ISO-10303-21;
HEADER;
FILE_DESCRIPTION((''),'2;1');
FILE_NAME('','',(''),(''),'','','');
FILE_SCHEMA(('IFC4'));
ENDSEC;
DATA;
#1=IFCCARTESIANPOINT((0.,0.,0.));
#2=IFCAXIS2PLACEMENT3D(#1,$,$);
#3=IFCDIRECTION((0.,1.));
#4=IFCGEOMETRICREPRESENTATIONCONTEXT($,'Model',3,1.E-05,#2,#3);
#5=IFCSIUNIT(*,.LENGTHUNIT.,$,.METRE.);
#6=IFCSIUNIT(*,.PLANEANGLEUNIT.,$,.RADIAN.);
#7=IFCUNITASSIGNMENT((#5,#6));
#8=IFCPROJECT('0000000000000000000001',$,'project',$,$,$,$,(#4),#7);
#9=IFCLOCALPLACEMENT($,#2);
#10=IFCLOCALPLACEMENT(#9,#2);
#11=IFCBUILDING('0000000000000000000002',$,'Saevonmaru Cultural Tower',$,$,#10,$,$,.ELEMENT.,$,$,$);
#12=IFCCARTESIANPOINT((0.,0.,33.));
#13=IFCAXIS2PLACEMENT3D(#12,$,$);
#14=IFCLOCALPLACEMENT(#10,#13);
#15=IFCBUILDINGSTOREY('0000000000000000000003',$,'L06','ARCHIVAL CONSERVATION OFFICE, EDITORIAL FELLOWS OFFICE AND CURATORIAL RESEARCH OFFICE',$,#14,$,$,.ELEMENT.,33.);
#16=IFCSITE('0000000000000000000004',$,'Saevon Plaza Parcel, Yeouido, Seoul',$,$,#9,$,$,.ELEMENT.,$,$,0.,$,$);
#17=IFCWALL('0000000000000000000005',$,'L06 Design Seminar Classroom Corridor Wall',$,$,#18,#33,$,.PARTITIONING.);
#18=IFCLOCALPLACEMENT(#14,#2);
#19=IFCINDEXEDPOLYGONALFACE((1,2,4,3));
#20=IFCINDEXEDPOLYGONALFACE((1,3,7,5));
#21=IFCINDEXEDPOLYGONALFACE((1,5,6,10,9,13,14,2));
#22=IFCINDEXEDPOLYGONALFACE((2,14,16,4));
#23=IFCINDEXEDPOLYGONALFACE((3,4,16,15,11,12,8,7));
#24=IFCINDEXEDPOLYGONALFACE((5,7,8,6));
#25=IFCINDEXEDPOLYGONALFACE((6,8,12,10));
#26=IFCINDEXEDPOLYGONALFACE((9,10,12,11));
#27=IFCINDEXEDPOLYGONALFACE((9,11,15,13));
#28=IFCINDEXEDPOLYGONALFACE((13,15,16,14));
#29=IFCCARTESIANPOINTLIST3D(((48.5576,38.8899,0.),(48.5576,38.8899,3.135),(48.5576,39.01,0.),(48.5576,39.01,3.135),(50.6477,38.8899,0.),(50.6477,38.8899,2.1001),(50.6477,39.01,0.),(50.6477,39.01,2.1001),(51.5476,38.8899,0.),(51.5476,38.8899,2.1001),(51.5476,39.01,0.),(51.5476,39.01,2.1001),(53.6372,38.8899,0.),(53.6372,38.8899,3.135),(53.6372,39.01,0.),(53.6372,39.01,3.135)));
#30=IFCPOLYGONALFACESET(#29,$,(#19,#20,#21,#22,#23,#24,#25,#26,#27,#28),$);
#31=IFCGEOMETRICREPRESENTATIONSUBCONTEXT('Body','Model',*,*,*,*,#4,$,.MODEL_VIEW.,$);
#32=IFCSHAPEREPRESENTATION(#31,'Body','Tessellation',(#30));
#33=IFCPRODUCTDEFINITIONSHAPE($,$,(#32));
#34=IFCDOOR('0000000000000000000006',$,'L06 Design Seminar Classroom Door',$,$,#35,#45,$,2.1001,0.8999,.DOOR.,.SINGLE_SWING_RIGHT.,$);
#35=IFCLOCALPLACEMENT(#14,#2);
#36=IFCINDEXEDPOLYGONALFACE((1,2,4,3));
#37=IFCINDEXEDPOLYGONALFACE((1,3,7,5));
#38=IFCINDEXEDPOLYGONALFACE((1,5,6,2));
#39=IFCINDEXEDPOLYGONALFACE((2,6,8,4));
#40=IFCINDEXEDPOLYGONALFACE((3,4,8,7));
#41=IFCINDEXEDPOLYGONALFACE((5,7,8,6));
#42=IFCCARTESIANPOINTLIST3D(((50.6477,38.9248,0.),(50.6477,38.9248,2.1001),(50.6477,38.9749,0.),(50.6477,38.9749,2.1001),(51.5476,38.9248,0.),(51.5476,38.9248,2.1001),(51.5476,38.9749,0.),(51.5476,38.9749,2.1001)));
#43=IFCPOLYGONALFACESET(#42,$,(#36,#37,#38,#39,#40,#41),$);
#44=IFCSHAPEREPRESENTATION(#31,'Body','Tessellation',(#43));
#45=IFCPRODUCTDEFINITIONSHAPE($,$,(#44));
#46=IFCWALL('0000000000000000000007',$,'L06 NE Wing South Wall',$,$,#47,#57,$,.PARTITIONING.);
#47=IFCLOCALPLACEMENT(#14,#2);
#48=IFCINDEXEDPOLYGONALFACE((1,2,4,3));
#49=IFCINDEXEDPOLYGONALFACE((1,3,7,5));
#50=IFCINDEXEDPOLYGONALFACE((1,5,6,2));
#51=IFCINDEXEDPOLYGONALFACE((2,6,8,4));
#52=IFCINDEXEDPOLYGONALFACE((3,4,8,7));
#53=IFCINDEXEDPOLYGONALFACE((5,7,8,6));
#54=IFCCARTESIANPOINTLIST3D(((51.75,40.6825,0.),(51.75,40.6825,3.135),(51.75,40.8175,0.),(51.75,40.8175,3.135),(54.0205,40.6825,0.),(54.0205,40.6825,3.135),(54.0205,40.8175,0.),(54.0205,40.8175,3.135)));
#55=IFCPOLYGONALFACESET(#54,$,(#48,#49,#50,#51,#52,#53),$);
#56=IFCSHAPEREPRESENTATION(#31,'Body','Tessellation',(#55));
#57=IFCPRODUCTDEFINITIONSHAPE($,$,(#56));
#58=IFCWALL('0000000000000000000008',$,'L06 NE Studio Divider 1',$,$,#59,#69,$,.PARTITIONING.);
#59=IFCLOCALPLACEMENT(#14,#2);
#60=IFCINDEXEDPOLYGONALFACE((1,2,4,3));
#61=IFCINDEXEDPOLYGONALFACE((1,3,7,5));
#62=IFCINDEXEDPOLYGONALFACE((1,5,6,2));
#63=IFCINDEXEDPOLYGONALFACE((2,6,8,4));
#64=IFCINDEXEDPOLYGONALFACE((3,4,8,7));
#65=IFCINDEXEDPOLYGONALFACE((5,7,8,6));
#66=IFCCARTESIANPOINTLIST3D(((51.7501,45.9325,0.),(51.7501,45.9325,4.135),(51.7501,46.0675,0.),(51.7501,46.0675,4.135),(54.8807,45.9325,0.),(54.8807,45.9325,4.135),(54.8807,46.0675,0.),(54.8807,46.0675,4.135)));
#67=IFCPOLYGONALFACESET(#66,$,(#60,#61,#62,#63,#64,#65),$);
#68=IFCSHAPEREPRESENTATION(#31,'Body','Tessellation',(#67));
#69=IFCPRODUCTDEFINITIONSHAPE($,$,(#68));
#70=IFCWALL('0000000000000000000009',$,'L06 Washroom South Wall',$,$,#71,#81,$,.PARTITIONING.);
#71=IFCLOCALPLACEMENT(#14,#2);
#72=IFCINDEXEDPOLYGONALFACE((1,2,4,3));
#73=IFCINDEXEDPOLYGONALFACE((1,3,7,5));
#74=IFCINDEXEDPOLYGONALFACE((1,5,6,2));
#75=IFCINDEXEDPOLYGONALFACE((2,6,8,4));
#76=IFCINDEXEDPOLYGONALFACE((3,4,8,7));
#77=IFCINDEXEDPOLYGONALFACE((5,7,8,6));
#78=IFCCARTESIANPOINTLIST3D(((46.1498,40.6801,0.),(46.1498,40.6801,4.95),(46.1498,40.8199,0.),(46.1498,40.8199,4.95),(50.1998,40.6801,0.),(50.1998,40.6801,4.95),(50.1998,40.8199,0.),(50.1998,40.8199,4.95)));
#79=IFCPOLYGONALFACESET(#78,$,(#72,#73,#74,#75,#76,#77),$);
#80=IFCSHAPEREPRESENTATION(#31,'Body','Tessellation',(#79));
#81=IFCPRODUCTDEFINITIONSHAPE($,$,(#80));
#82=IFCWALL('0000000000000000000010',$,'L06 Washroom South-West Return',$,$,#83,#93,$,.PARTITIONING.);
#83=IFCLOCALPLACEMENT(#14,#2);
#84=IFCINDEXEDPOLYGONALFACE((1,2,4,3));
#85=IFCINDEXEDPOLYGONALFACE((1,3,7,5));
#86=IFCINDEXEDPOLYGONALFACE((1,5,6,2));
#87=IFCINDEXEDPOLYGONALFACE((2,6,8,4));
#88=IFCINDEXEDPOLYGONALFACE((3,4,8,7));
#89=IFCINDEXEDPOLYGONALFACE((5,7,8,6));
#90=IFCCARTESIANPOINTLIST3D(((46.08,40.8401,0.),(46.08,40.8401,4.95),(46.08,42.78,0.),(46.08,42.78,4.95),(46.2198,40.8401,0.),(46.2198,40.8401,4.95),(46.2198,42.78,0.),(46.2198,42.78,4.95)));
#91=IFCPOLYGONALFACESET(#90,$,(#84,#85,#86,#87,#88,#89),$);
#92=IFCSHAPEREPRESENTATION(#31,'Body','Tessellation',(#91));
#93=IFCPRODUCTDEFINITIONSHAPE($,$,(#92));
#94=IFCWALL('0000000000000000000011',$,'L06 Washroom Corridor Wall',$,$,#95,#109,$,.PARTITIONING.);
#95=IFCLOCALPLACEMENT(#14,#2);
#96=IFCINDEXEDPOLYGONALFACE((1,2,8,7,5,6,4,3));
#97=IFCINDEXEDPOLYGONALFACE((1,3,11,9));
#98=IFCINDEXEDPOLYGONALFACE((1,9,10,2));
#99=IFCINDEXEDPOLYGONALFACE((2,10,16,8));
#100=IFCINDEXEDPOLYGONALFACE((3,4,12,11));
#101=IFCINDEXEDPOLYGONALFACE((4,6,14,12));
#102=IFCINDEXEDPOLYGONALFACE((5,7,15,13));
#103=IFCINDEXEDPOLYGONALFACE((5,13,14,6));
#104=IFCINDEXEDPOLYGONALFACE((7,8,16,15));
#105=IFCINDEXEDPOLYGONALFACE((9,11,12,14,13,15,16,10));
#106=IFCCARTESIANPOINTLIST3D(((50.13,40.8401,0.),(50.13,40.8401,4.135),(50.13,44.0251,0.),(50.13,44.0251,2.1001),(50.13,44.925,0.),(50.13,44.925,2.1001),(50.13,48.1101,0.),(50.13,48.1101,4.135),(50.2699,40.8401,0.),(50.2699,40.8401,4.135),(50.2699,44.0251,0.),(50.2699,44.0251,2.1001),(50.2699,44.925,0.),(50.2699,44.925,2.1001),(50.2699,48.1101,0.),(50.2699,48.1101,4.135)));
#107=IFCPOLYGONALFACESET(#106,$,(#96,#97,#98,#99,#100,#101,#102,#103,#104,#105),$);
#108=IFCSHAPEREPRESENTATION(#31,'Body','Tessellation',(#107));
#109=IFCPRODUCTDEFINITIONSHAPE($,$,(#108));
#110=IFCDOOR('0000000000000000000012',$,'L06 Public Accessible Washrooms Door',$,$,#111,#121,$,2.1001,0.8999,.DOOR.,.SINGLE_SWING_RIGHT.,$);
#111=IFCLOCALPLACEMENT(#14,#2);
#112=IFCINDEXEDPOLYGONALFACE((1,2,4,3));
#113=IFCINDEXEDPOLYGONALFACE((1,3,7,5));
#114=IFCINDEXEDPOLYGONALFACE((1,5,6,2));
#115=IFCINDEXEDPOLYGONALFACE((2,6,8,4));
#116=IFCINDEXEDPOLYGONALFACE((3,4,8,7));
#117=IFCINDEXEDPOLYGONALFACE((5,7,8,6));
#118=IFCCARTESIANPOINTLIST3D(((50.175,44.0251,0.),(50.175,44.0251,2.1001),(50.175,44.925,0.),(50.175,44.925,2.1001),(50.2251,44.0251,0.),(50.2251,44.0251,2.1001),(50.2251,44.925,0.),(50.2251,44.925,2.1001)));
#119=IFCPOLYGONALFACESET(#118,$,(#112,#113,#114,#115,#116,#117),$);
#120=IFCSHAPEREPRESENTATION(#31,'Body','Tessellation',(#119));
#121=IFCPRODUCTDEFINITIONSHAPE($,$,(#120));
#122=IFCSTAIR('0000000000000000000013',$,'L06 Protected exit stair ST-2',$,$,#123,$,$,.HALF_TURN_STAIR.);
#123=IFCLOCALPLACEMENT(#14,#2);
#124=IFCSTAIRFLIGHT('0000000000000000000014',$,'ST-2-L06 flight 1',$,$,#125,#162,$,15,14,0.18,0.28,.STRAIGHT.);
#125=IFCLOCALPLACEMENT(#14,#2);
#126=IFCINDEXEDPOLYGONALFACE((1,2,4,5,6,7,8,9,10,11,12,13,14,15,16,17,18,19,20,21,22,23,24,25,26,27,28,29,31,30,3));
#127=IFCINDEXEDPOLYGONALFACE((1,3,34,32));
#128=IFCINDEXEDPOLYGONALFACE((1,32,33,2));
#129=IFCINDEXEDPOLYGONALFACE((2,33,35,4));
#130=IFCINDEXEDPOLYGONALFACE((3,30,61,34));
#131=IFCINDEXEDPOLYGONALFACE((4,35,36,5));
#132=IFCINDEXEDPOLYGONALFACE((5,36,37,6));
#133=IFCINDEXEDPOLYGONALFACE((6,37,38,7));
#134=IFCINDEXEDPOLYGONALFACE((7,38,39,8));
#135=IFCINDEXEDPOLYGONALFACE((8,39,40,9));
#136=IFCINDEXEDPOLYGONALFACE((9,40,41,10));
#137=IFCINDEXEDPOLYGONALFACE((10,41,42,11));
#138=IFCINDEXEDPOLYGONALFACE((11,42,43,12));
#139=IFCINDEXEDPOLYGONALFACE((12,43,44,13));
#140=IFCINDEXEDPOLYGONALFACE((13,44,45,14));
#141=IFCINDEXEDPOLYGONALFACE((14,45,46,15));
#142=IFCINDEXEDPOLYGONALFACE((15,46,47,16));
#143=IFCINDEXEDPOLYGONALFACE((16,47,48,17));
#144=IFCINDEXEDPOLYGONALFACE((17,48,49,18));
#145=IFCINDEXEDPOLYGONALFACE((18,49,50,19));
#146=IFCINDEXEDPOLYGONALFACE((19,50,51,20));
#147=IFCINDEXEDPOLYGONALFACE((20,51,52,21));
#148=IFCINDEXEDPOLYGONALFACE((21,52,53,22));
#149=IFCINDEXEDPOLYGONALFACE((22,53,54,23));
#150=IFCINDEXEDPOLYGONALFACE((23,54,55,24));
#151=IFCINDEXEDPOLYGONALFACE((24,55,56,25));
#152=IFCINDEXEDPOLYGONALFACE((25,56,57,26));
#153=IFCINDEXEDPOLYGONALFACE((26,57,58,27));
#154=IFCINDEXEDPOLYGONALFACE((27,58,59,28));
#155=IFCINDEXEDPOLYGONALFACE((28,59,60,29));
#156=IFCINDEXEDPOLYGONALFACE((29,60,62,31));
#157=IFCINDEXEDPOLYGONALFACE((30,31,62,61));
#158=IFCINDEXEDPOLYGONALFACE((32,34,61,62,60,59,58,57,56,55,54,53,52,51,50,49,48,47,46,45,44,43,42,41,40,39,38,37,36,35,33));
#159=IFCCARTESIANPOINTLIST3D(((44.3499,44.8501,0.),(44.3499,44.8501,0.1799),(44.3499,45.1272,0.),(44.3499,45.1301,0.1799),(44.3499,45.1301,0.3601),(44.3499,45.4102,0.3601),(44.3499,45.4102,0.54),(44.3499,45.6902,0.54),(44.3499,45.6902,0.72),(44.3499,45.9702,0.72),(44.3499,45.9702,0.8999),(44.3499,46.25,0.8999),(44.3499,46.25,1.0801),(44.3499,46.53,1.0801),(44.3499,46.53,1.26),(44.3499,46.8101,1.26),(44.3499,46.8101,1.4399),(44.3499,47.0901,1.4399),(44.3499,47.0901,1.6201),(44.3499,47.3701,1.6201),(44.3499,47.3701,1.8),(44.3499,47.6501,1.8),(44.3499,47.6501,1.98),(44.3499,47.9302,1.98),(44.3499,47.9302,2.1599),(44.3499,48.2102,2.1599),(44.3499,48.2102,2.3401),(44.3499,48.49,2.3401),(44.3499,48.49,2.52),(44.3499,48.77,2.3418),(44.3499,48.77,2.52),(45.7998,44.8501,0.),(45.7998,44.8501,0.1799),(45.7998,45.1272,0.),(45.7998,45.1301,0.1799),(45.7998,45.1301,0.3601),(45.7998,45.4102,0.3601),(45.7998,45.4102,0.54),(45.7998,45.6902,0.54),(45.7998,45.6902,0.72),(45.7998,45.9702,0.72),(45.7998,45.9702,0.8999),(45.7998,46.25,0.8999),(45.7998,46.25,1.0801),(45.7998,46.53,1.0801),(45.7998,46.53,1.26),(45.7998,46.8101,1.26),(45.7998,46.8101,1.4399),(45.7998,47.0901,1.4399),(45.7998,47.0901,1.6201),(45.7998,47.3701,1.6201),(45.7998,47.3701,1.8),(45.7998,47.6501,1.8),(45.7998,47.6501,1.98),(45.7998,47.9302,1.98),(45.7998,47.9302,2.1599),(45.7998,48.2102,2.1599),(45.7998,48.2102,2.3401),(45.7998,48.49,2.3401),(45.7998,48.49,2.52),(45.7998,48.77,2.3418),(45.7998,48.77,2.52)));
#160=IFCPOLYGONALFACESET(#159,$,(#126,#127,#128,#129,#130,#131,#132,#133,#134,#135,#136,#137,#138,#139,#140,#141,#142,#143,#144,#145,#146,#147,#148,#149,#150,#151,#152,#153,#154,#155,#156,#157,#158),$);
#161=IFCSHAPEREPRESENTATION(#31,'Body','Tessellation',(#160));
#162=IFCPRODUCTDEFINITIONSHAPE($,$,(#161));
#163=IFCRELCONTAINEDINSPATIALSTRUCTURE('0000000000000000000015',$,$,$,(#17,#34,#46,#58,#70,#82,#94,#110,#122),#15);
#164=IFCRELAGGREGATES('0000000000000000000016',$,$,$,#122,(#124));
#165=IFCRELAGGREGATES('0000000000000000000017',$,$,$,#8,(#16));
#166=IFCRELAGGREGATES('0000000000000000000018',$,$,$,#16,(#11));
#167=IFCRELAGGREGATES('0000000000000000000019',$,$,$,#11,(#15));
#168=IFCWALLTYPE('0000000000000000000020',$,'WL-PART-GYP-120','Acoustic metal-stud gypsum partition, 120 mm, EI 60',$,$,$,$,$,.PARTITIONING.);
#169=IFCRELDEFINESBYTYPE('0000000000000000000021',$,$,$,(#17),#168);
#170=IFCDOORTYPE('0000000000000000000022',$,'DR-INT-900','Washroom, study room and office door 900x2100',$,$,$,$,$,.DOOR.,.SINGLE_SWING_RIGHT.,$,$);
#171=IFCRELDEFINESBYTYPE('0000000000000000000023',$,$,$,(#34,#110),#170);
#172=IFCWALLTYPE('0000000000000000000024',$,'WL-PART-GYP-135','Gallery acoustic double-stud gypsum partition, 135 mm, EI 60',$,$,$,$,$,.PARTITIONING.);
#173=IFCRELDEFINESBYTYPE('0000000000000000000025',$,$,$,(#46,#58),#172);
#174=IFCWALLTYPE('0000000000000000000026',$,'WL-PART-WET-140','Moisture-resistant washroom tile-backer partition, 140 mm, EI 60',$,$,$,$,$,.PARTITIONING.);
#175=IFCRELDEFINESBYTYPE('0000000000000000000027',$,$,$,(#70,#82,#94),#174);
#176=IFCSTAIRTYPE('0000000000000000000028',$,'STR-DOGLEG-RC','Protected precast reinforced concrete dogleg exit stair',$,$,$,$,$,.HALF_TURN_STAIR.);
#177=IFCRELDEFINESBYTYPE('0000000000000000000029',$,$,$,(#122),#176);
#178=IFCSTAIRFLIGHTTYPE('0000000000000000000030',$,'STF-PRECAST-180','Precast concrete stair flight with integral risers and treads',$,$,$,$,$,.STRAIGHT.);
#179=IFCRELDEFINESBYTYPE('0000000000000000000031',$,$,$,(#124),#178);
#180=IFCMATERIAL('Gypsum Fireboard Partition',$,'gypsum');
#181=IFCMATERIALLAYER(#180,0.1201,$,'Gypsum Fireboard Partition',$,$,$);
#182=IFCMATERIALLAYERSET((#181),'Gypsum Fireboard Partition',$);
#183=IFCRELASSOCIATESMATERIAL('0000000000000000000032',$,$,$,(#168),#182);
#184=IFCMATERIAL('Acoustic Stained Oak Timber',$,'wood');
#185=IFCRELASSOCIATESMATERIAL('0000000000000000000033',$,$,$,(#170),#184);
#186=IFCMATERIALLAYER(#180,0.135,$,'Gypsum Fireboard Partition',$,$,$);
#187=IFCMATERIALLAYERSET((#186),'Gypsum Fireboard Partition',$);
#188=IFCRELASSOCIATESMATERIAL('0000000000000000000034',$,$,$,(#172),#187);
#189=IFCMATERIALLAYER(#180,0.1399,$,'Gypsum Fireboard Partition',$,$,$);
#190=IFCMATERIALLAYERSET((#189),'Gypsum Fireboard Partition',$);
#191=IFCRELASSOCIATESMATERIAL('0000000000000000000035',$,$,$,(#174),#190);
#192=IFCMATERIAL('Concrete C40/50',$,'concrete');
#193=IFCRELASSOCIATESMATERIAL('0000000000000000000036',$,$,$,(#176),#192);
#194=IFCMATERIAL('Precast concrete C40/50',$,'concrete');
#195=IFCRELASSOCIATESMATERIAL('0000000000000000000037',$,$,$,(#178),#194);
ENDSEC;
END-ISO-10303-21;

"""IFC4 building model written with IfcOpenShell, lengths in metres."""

from ifc_helpers import new_model, si_unit, direction, frame, frame_2d, origin, place, context, subcontext, project, spatial, polyline, rectangle, outline, extrude, material, layer, layer_set, type_object, element, fill, aggregate, save


model = new_model("IFC4")

# Units and contexts
model_context = context("Model", 3, precision=1e-05, world=origin(), true_north=direction((0.0, 1.0)))
body_context = subcontext(model_context, "Body", "Model", "MODEL_VIEW")
ifc_project = project(units=[si_unit("LENGTHUNIT", "METRE"), si_unit("PLANEANGLEUNIT", "RADIAN")], contexts=[model_context])

# Site, building, storey
site_placement = place(None, origin())
site = spatial("IfcSite", under=ifc_project, at=site_placement, Name="Saevon Plaza Parcel, Yeouido, Seoul", CompositionType="ELEMENT", RefElevation=0.0)
building_placement = place(site_placement, origin())
building = spatial("IfcBuilding", under=site, at=building_placement, Name="Saevonmaru Cultural Tower", CompositionType="ELEMENT")
storey_placement = place(building_placement, frame((0.0, 0.0, 33.0)))
storey = spatial("IfcBuildingStorey", under=building, at=storey_placement, Name="L06", Description="ARCHIVAL CONSERVATION OFFICE, EDITORIAL FELLOWS OFFICE AND CURATORIAL RESEARCH OFFICE", CompositionType="ELEMENT", Elevation=33.0)

# Wall, opening, door
ifc_material_1 = material(Name="Gypsum Fireboard Partition", Category="gypsum")
ifc_layer_1 = layer(ifc_material_1, 0.1201, Name="Gypsum Fireboard Partition")
ifc_layer_set_1 = layer_set([ifc_layer_1], Name="Gypsum Fireboard Partition")
wall_type_1 = type_object("IfcWallType", Name="WL-PART-GYP-120", Description="Acoustic metal-stud gypsum partition, 120 mm, EI 60", PredefinedType="PARTITIONING", material=ifc_layer_set_1)
ifc_material_2 = material(Name="Acoustic Stained Oak Timber", Category="wood")
door_type_1 = type_object("IfcDoorType", Name="DR-INT-900", Description="Washroom, study room and office door 900x2100", OperationType="SINGLE_SWING_RIGHT", PredefinedType="DOOR", material=ifc_material_2)
wall_1_placement = place(storey_placement, frame((48.5576, 38.95, 0.0), z_axis=(0.0, 0.0, 1.0), x_axis=(1.0, 0.0, 0.0)))
wall_1 = element("IfcWall", 1, at=wall_1_placement, inside=storey, type_object=wall_type_1, Name="L06 Design Seminar Classroom Corridor Wall", PredefinedType="PARTITIONING", context=body_context, shape_type="SweptSolid", body=[
    extrude(rectangle(XDim=5.0796, YDim=0.1201, at=frame_2d((2.5398, 0.0))), origin(), (0.0, 0.0, 1.0), 3.135),
])
opening_1_placement = place(wall_1_placement, frame((2.0901, 0.0, 0.0)))
opening_1 = element("IfcOpeningElement", 2, at=opening_1_placement, cuts=wall_1, PredefinedType="OPENING", context=body_context, shape_type="SweptSolid", body=[
    extrude(rectangle(XDim=0.8999, YDim=2.1001, at=frame_2d((0.45, 1.05))), frame((0.0, 0.0701, 0.0), z_axis=(0.0, -1.0, 0.0), x_axis=(1.0, 0.0, 0.0)), (0.0, 0.0, 1.0), 0.1401),
])
door_1_placement = place(opening_1_placement, origin())
door_1 = element("IfcDoor", 3, at=door_1_placement, inside=storey, type_object=door_type_1, Name="L06 Design Seminar Classroom Door", OperationType="SINGLE_SWING_RIGHT", OverallHeight=2.1001, OverallWidth=0.8999, PredefinedType="DOOR", context=body_context, shape_type="SweptSolid", body=[
    extrude(rectangle(XDim=0.8999, YDim=2.1001, at=frame_2d((0.45, 1.05))), frame((0.0, 0.0249, 0.0), z_axis=(0.0, -1.0, 0.0), x_axis=(1.0, 0.0, 0.0)), (0.0, 0.0, 1.0), 0.05),
])
fill(opening_1, door_1)

# Walls
ifc_layer_2 = layer(ifc_material_1, 0.135, Name="Gypsum Fireboard Partition")
ifc_layer_set_2 = layer_set([ifc_layer_2], Name="Gypsum Fireboard Partition")
wall_type_2 = type_object("IfcWallType", Name="WL-PART-GYP-135", Description="Gallery acoustic double-stud gypsum partition, 135 mm, EI 60", PredefinedType="PARTITIONING", material=ifc_layer_set_2)
wall_2_placement = place(storey_placement, frame((51.75, 40.75, 0.0), z_axis=(0.0, 0.0, 1.0), x_axis=(1.0, 0.0, 0.0)))
element("IfcWall", 4, at=wall_2_placement, inside=storey, type_object=wall_type_2, Name="L06 NE Wing South Wall", PredefinedType="PARTITIONING", context=body_context, shape_type="SweptSolid", body=[
    extrude(rectangle(XDim=2.2705, YDim=0.135, at=frame_2d((1.1353, 0.0))), origin(), (0.0, 0.0, 1.0), 3.135),
])
wall_3_placement = place(storey_placement, frame((51.75, 46.0, 0.0), z_axis=(0.0, 0.0, 1.0), x_axis=(1.0, 0.0, 0.0)))
element("IfcWall", 5, at=wall_3_placement, inside=storey, type_object=wall_type_2, Name="L06 NE Studio Divider 1", PredefinedType="PARTITIONING", context=body_context, shape_type="SweptSolid", body=[
    extrude(rectangle(XDim=3.1306, YDim=0.135, at=frame_2d((1.5654, 0.0))), origin(), (0.0, 0.0, 1.0), 4.135),
])
ifc_layer_3 = layer(ifc_material_1, 0.1399, Name="Gypsum Fireboard Partition")
ifc_layer_set_3 = layer_set([ifc_layer_3], Name="Gypsum Fireboard Partition")
wall_type_3 = type_object("IfcWallType", Name="WL-PART-WET-140", Description="Moisture-resistant washroom tile-backer partition, 140 mm, EI 60", PredefinedType="PARTITIONING", material=ifc_layer_set_3)
wall_4_placement = place(storey_placement, frame((46.1499, 40.75, 0.0), z_axis=(0.0, 0.0, 1.0), x_axis=(1.0, 0.0, 0.0)))
element("IfcWall", 6, at=wall_4_placement, inside=storey, type_object=wall_type_3, Name="L06 Washroom South Wall", PredefinedType="PARTITIONING", context=body_context, shape_type="SweptSolid", body=[
    extrude(rectangle(XDim=4.05, YDim=0.1399, at=frame_2d((2.0249, 0.0))), origin(), (0.0, 0.0, 1.0), 4.95),
])
wall_5_placement = place(storey_placement, frame((46.1499, 40.8401, 0.0), z_axis=(0.0, 0.0, 1.0), x_axis=(0.0, 1.0, 0.0)))
element("IfcWall", 7, at=wall_5_placement, inside=storey, type_object=wall_type_3, Name="L06 Washroom South-West Return", PredefinedType="PARTITIONING", context=body_context, shape_type="SweptSolid", body=[
    extrude(rectangle(XDim=1.9399, YDim=0.1399, at=frame_2d((0.97, 0.0))), origin(), (0.0, 0.0, 1.0), 4.95),
])

# Wall, opening, door
wall_6_placement = place(storey_placement, frame((50.2, 40.8401, 0.0), z_axis=(0.0, 0.0, 1.0), x_axis=(0.0, 1.0, 0.0)))
wall_6 = element("IfcWall", 8, at=wall_6_placement, inside=storey, type_object=wall_type_3, Name="L06 Washroom Corridor Wall", PredefinedType="PARTITIONING", context=body_context, shape_type="SweptSolid", body=[
    extrude(rectangle(XDim=7.27, YDim=0.1399, at=frame_2d((3.635, 0.0))), origin(), (0.0, 0.0, 1.0), 4.135),
])
opening_2_placement = place(wall_6_placement, frame((3.1851, 0.0, 0.0)))
opening_2 = element("IfcOpeningElement", 9, at=opening_2_placement, cuts=wall_6, PredefinedType="OPENING", context=body_context, shape_type="SweptSolid", body=[
    extrude(rectangle(XDim=0.8999, YDim=2.1001, at=frame_2d((0.45, 1.05))), frame((0.0, 0.0801, 0.0), z_axis=(0.0, -1.0, 0.0), x_axis=(1.0, 0.0, 0.0)), (0.0, 0.0, 1.0), 0.1599),
])
door_2_placement = place(opening_2_placement, origin())
door_2 = element("IfcDoor", 10, at=door_2_placement, inside=storey, type_object=door_type_1, Name="L06 Public Accessible Washrooms Door", OperationType="SINGLE_SWING_RIGHT", OverallHeight=2.1001, OverallWidth=0.8999, PredefinedType="DOOR", context=body_context, shape_type="SweptSolid", body=[
    extrude(rectangle(XDim=0.8999, YDim=2.1001, at=frame_2d((0.45, 1.05))), frame((0.0, 0.0249, 0.0), z_axis=(0.0, -1.0, 0.0), x_axis=(1.0, 0.0, 0.0)), (0.0, 0.0, 1.0), 0.05),
])
fill(opening_2, door_2)

# Stair, stair flight
ifc_material_3 = material(Name="Concrete C40/50", Category="concrete")
stair_type = type_object("IfcStairType", Name="STR-DOGLEG-RC", Description="Protected precast reinforced concrete dogleg exit stair", PredefinedType="HALF_TURN_STAIR", material=ifc_material_3)
stair_placement = place(storey_placement, origin())
stair = element("IfcStair", 11, at=stair_placement, inside=storey, type_object=stair_type, Name="L06 Protected exit stair ST-2", PredefinedType="HALF_TURN_STAIR")
ifc_material_4 = material(Name="Precast concrete C40/50", Category="concrete")
stair_flight_type = type_object("IfcStairFlightType", Name="STF-PRECAST-180", Description="Precast concrete stair flight with integral risers and treads", PredefinedType="STRAIGHT", material=ifc_material_4)
stair_flight_placement = place(storey_placement, frame((45.075, 44.8501, 0.0), z_axis=(0.0, 0.0, 1.0), x_axis=(0.0, 1.0, 0.0)))
stair_flight = element("IfcStairFlight", 12, at=stair_flight_placement, type_object=stair_flight_type, Name="ST-2-L06 flight 1", NumberOfRisers=15, NumberOfTreads=14, PredefinedType="STRAIGHT", RiserHeight=0.18, TreadLength=0.28, context=body_context, shape_type="SweptSolid", body=[
    extrude(outline(polyline([(0.0, 0.0), (0.0, 0.1799), (0.28, 0.1799), (0.28, 0.3601), (0.5601, 0.3601), (0.5601, 0.54), (0.8401, 0.54), (0.8401, 0.72), (1.1201, 0.72), (1.1201, 0.8999), (1.3999, 0.8999), (1.3999, 1.0801), (1.6799, 1.0801), (1.6799, 1.26), (1.96, 1.26), (1.96, 1.4399), (2.24, 1.4399), (2.24, 1.6201), (2.52, 1.6201), (2.52, 1.8), (2.8, 1.8), (2.8, 1.98), (3.0801, 1.98), (3.0801, 2.1599), (3.3601, 2.1599), (3.3601, 2.3401), (3.6399, 2.3401), (3.6399, 2.52), (3.9199, 2.52), (3.9199, 2.7), (3.9199, 2.3418), (0.2771, 0.0), (0.0, 0.0)])), frame((0.0, 0.7251, 0.0), z_axis=(0.0, -1.0, 0.0), x_axis=(1.0, 0.0, 0.0)), (0.0, 0.0, 1.0), 1.45),
])
aggregate(stair, [stair_flight])

save(model, "model.ifc")
